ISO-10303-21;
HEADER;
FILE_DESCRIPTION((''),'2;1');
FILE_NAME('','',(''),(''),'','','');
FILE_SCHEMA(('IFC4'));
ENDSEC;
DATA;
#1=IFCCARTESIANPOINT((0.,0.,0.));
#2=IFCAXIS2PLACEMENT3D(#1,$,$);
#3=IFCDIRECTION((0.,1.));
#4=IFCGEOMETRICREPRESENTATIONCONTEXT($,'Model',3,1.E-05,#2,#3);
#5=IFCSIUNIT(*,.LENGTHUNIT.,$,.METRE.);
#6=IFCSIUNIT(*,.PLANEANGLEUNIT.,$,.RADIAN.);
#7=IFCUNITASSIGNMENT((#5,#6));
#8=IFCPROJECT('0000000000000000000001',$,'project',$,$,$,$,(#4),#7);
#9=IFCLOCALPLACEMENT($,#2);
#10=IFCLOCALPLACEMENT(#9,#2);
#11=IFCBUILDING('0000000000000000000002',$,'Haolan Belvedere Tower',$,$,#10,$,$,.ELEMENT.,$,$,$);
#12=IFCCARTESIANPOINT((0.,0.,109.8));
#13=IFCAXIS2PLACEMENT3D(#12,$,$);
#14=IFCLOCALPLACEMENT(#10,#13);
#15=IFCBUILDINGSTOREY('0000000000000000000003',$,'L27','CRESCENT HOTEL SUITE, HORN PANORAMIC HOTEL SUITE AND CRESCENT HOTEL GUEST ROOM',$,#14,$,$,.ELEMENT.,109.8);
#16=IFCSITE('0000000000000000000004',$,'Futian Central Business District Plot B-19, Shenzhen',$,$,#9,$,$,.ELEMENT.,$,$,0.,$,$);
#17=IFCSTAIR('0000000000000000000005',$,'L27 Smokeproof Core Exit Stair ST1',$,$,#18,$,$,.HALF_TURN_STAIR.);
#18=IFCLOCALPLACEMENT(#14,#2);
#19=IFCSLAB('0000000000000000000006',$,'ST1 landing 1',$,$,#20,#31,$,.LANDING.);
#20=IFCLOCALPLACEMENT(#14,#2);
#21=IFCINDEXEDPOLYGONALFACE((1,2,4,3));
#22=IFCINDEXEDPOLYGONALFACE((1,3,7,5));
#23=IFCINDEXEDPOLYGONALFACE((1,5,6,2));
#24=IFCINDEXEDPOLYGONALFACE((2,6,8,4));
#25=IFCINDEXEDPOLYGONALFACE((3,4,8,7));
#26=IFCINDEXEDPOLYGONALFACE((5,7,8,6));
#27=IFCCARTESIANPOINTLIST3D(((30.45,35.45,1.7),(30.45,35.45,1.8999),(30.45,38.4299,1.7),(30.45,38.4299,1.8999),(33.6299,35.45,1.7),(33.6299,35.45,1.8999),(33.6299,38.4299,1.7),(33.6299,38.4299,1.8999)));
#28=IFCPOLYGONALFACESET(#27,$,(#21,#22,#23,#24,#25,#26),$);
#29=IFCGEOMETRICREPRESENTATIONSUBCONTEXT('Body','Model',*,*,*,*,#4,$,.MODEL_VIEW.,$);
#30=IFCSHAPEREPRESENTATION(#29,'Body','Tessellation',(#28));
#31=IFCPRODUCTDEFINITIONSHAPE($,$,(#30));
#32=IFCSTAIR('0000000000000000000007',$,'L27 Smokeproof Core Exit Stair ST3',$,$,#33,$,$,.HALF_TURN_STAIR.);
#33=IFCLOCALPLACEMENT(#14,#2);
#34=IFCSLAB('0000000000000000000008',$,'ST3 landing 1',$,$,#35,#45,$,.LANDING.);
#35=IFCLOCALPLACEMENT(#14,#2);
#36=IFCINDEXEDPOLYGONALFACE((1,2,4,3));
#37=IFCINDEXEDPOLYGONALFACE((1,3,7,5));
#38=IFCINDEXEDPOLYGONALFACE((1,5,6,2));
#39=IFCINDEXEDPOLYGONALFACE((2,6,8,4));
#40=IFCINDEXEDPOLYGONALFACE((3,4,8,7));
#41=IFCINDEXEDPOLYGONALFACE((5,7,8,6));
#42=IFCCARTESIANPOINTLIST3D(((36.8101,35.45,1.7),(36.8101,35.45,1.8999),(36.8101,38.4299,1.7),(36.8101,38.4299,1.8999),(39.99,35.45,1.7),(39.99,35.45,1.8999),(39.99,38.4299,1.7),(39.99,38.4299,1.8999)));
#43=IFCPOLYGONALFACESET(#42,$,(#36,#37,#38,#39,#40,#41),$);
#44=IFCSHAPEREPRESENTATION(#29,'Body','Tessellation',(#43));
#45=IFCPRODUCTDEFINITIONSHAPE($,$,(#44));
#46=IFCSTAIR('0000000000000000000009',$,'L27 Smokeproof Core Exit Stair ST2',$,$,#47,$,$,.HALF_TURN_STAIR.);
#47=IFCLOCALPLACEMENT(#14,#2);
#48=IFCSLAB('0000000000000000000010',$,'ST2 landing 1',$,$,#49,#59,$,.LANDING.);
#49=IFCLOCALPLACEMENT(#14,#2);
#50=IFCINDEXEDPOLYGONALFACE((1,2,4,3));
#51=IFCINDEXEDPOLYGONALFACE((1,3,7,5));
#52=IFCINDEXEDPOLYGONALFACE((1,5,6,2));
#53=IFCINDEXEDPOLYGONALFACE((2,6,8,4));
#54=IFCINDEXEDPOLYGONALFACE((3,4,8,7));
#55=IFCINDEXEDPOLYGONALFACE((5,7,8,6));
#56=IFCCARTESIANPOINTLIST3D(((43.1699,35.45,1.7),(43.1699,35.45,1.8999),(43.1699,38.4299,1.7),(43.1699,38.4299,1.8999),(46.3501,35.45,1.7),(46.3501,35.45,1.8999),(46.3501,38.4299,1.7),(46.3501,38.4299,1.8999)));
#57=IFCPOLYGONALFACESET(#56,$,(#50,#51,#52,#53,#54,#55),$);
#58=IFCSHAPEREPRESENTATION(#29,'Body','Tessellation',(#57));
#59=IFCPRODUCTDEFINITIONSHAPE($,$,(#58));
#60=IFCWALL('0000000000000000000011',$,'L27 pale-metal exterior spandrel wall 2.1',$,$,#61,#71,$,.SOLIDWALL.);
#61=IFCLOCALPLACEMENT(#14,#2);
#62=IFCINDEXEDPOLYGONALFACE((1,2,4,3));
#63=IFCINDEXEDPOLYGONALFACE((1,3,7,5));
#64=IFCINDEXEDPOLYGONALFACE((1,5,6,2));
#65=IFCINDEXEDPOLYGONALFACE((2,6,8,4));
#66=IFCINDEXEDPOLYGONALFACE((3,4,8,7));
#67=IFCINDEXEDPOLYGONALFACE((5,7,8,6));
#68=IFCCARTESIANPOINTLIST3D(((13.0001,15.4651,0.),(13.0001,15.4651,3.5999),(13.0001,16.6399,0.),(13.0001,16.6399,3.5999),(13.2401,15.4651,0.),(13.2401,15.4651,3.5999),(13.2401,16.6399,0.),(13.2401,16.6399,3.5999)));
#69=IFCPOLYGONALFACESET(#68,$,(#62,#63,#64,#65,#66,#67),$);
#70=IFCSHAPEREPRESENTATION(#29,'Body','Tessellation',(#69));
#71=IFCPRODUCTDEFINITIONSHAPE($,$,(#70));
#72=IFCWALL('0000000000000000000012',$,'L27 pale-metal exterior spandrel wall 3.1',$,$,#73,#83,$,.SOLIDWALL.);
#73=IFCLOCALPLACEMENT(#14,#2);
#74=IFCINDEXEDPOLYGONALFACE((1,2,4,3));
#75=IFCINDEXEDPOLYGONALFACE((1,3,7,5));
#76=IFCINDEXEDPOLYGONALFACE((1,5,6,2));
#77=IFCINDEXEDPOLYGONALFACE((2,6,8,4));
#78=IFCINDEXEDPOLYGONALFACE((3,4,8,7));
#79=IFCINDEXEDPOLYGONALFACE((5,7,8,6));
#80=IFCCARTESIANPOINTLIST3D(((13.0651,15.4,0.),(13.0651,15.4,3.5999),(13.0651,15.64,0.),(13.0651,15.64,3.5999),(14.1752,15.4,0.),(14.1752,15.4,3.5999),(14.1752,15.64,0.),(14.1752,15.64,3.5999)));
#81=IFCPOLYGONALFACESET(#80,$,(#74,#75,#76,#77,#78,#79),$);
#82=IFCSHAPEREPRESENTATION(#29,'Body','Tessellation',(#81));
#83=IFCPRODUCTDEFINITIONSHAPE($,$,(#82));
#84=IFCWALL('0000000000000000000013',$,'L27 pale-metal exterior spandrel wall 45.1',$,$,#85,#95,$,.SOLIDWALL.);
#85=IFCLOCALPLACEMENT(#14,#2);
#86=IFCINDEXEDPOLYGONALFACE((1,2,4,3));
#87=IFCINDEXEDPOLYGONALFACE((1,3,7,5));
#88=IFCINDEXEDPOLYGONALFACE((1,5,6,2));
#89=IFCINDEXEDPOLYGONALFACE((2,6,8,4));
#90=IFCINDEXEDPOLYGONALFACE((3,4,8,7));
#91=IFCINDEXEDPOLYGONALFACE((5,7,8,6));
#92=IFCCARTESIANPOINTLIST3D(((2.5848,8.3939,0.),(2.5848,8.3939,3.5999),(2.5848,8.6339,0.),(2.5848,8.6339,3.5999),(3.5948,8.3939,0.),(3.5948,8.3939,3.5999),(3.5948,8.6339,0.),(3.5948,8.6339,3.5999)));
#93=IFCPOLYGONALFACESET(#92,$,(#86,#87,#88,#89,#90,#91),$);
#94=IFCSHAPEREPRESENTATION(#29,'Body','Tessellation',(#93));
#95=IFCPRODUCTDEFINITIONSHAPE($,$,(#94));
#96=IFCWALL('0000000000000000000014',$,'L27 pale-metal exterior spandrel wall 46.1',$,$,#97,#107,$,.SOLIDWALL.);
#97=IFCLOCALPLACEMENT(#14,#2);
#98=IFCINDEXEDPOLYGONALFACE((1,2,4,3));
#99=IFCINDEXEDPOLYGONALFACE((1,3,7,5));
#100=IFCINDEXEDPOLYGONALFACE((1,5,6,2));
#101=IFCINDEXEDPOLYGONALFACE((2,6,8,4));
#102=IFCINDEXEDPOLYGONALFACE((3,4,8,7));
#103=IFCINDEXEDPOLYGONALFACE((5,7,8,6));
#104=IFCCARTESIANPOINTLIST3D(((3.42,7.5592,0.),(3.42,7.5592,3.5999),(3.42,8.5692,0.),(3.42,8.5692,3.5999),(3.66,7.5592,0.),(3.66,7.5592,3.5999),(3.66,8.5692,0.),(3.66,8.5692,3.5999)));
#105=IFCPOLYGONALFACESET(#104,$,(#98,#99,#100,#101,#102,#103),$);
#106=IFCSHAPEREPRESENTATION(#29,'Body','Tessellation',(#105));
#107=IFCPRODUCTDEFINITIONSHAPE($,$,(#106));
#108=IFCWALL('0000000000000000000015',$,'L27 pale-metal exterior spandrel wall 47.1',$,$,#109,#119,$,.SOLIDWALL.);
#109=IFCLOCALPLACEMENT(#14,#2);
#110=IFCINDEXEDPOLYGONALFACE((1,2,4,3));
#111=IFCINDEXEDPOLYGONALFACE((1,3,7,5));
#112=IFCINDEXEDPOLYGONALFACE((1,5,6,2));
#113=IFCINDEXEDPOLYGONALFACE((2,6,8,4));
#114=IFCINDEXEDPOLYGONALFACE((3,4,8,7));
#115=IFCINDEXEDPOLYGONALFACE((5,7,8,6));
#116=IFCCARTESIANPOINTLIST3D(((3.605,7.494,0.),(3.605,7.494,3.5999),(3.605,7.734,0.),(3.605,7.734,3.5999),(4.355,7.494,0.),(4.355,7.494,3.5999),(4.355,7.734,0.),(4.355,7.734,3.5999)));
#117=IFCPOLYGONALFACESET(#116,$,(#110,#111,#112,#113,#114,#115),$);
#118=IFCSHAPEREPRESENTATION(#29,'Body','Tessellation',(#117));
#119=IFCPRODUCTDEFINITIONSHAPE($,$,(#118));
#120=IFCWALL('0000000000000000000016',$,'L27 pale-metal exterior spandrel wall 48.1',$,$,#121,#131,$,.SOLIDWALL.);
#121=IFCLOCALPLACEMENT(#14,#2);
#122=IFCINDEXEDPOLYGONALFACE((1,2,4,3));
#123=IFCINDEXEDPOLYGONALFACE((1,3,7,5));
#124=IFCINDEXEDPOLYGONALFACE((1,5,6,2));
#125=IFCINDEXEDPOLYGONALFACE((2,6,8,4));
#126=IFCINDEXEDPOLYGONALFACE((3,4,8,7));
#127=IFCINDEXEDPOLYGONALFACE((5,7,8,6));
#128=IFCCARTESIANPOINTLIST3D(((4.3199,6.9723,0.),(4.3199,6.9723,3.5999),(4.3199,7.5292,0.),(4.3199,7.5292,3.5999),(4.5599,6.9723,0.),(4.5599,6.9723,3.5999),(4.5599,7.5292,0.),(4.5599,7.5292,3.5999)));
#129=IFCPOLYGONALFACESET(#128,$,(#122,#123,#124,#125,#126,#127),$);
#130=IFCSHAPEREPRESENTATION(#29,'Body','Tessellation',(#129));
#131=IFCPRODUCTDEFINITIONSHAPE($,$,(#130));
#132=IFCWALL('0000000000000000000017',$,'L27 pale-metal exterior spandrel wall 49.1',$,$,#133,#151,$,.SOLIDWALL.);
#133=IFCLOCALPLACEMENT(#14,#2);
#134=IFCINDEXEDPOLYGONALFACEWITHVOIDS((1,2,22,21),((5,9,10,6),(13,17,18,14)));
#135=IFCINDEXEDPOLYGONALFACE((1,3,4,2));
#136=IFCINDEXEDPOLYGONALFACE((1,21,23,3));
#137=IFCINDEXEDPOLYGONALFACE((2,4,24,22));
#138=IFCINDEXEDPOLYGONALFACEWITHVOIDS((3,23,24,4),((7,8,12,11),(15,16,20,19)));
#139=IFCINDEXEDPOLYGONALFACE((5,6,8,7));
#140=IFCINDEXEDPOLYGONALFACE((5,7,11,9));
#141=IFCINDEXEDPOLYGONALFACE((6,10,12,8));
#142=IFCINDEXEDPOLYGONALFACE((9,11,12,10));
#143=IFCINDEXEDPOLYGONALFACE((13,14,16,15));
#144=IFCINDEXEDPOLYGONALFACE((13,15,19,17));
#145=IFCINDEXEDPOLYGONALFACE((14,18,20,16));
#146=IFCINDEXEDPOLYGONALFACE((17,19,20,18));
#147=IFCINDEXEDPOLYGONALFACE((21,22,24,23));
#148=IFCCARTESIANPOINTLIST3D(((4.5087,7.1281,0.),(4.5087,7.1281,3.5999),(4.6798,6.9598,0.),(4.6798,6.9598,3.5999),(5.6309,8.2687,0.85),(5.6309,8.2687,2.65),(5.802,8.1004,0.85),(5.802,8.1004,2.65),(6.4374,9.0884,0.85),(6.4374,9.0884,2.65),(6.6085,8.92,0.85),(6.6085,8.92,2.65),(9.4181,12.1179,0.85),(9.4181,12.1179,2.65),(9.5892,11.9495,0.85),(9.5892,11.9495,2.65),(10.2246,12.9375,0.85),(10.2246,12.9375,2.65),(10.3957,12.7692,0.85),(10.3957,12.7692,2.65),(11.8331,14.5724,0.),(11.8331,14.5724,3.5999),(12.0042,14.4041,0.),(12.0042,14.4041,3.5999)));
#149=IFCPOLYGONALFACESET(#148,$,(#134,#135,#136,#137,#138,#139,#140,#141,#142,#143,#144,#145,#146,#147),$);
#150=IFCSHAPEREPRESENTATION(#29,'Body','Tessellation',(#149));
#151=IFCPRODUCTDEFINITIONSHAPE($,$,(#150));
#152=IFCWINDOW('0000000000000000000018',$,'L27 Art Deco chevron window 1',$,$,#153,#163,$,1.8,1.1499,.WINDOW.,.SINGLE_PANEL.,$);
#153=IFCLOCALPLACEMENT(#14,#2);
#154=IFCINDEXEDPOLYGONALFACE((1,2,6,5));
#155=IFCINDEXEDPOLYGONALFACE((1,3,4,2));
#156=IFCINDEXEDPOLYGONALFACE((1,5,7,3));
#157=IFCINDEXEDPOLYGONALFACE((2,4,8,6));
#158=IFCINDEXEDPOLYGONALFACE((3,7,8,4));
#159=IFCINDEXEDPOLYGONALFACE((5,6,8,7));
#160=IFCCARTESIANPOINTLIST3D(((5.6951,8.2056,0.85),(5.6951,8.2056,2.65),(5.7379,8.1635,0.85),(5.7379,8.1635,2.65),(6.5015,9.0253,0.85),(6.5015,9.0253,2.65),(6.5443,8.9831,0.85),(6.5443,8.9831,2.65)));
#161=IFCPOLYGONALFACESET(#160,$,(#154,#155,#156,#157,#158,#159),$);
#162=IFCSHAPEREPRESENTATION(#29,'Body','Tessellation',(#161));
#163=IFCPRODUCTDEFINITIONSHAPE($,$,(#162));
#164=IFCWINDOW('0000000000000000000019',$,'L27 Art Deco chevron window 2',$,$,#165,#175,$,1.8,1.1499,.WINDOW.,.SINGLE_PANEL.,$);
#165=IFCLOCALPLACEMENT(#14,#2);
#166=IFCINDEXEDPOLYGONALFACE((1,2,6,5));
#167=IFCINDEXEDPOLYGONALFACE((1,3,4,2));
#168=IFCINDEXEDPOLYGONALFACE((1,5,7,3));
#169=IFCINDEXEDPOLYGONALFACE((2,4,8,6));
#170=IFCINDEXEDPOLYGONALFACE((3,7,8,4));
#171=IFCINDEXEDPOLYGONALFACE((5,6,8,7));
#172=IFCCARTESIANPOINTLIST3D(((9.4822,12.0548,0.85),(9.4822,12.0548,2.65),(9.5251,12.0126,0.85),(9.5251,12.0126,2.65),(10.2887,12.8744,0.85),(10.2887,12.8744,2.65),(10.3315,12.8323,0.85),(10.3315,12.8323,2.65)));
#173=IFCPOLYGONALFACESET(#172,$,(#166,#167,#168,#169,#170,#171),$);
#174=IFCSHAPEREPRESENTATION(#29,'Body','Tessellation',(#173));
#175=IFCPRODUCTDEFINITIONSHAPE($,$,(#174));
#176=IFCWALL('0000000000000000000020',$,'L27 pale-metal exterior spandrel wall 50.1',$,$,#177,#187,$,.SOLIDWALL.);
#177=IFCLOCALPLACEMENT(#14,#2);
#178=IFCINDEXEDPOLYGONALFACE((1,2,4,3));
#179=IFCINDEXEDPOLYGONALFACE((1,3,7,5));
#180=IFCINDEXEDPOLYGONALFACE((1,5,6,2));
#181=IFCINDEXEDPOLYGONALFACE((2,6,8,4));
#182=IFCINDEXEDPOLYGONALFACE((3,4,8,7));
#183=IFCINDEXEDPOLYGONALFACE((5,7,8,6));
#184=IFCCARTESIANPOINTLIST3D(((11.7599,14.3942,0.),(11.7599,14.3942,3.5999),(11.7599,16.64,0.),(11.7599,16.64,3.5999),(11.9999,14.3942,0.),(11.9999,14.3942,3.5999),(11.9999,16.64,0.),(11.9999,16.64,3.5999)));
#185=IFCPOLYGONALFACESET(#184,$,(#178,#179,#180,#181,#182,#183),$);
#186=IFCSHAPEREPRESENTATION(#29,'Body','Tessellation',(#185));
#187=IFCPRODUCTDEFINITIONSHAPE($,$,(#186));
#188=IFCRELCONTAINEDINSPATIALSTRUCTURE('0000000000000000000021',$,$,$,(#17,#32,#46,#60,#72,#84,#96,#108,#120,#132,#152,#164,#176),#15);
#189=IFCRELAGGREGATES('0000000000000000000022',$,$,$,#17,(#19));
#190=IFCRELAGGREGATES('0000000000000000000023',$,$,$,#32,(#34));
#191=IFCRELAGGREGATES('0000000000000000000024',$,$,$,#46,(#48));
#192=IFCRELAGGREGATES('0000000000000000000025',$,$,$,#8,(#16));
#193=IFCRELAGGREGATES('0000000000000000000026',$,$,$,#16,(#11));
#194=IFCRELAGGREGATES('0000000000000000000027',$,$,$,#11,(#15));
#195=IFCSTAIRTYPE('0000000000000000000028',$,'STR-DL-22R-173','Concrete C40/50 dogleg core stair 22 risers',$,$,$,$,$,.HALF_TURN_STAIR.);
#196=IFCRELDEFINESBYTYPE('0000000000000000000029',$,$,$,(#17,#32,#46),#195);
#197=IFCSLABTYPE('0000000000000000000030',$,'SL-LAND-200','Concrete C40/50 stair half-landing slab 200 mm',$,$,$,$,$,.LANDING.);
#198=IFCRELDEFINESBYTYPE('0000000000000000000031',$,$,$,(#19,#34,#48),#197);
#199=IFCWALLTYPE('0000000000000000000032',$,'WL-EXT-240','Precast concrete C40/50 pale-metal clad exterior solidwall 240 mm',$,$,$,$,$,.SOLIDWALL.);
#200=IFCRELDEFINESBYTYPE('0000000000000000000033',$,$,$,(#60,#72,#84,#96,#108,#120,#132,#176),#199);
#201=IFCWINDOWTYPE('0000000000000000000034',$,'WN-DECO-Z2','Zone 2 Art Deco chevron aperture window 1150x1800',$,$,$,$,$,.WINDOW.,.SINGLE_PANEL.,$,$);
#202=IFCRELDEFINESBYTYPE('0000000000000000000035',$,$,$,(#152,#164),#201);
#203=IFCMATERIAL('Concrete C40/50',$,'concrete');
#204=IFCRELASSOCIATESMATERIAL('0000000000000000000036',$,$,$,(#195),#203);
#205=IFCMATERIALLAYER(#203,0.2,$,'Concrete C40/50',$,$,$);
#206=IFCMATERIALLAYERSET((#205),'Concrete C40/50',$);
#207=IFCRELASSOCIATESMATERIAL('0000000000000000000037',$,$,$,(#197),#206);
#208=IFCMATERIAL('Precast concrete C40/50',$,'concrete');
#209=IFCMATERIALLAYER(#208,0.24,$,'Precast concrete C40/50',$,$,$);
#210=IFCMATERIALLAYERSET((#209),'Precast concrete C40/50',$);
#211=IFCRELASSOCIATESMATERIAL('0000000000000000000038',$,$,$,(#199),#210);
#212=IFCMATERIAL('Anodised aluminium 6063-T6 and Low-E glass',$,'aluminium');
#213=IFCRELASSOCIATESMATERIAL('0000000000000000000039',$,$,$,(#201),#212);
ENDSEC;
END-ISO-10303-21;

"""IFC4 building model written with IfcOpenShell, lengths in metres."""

from ifc_helpers import new_model, si_unit, direction, frame, frame_2d, origin, place, context, subcontext, project, spatial, polyline, rectangle, outline, extrude, material, layer, layer_set, type_object, element, fill, aggregate, save


model = new_model("IFC4")

# Units and contexts
model_context = context("Model", 3, precision=1e-05, world=origin(), true_north=direction((0.0, 1.0)))
body_context = subcontext(model_context, "Body", "Model", "MODEL_VIEW")
ifc_project = project(units=[si_unit("LENGTHUNIT", "METRE"), si_unit("PLANEANGLEUNIT", "RADIAN")], contexts=[model_context])

# Site, building, storey
site_placement = place(None, origin())
site = spatial("IfcSite", under=ifc_project, at=site_placement, Name="Futian Central Business District Plot B-19, Shenzhen", CompositionType="ELEMENT", RefElevation=0.0)
building_placement = place(site_placement, origin())
building = spatial("IfcBuilding", under=site, at=building_placement, Name="Haolan Belvedere Tower", CompositionType="ELEMENT")
storey_placement = place(building_placement, frame((0.0, 0.0, 109.8)))
storey = spatial("IfcBuildingStorey", under=building, at=storey_placement, Name="L27", Description="CRESCENT HOTEL SUITE, HORN PANORAMIC HOTEL SUITE AND CRESCENT HOTEL GUEST ROOM", CompositionType="ELEMENT", Elevation=109.8)

# Shared definitions
ifc_material_1 = material(Name="Concrete C40/50", Category="concrete")

# Stairs, slabs
stair_type = type_object("IfcStairType", Name="STR-DL-22R-173", Description="Concrete C40/50 dogleg core stair 22 risers", PredefinedType="HALF_TURN_STAIR", material=ifc_material_1)
stair_1_placement = place(storey_placement, origin())
stair_1 = element("IfcStair", 1, at=stair_1_placement, inside=storey, type_object=stair_type, Name="L27 Smokeproof Core Exit Stair ST1", PredefinedType="HALF_TURN_STAIR")
ifc_layer_1 = layer(ifc_material_1, 0.2, Name="Concrete C40/50")
ifc_layer_set_1 = layer_set([ifc_layer_1], Name="Concrete C40/50")
slab_type_1 = type_object("IfcSlabType", Name="SL-LAND-200", Description="Concrete C40/50 stair half-landing slab 200 mm", PredefinedType="LANDING", material=ifc_layer_set_1)
slab_1_placement = place(storey_placement, frame((0.0, 0.0, 1.7)))
slab_1 = element("IfcSlab", 2, at=slab_1_placement, type_object=slab_type_1, Name="ST1 landing 1", PredefinedType="LANDING", context=body_context, shape_type="SweptSolid", body=[
    extrude(outline(polyline([(30.45, 38.4299), (30.45, 35.45), (33.6299, 35.45), (33.6299, 38.4299), (30.45, 38.4299)])), origin(), (0.0, 0.0, 1.0), 0.2),
])
aggregate(stair_1, [slab_1])
stair_2_placement = place(storey_placement, origin())
stair_2 = element("IfcStair", 3, at=stair_2_placement, inside=storey, type_object=stair_type, Name="L27 Smokeproof Core Exit Stair ST3", PredefinedType="HALF_TURN_STAIR")
slab_2_placement = place(storey_placement, frame((0.0, 0.0, 1.7)))
slab_2 = element("IfcSlab", 4, at=slab_2_placement, type_object=slab_type_1, Name="ST3 landing 1", PredefinedType="LANDING", context=body_context, shape_type="SweptSolid", body=[
    extrude(outline(polyline([(36.8101, 38.4299), (36.8101, 35.45), (39.99, 35.45), (39.99, 38.4299), (36.8101, 38.4299)])), origin(), (0.0, 0.0, 1.0), 0.2),
])
aggregate(stair_2, [slab_2])
stair_3_placement = place(storey_placement, origin())
stair_3 = element("IfcStair", 5, at=stair_3_placement, inside=storey, type_object=stair_type, Name="L27 Smokeproof Core Exit Stair ST2", PredefinedType="HALF_TURN_STAIR")
slab_3_placement = place(storey_placement, frame((0.0, 0.0, 1.7)))
slab_3 = element("IfcSlab", 6, at=slab_3_placement, type_object=slab_type_1, Name="ST2 landing 1", PredefinedType="LANDING", context=body_context, shape_type="SweptSolid", body=[
    extrude(outline(polyline([(43.1699, 38.4299), (43.1699, 35.45), (46.3501, 35.45), (46.3501, 38.4299), (43.1699, 38.4299)])), origin(), (0.0, 0.0, 1.0), 0.2),
])
aggregate(stair_3, [slab_3])

# Walls
ifc_material_2 = material(Name="Precast concrete C40/50", Category="concrete")
ifc_layer_2 = layer(ifc_material_2, 0.24, Name="Precast concrete C40/50")
ifc_layer_set_2 = layer_set([ifc_layer_2], Name="Precast concrete C40/50")
wall_type_1 = type_object("IfcWallType", Name="WL-EXT-240", Description="Precast concrete C40/50 pale-metal clad exterior solidwall 240 mm", PredefinedType="SOLIDWALL", material=ifc_layer_set_2)
wall_1_placement = place(storey_placement, frame((13.1201, 16.6399, 0.0), z_axis=(0.0, 0.0, 1.0), x_axis=(0.0, -1.0, 0.0)))
element("IfcWall", 7, at=wall_1_placement, inside=storey, type_object=wall_type_1, Name="L27 pale-metal exterior spandrel wall 2.1", PredefinedType="SOLIDWALL", context=body_context, shape_type="SweptSolid", body=[
    extrude(rectangle(XDim=1.1748, YDim=0.24, at=frame_2d((0.5874, 0.0))), origin(), (0.0, 0.0, 1.0), 3.5999),
])
wall_2_placement = place(storey_placement, frame((13.0649, 15.52, 0.0), z_axis=(0.0, 0.0, 1.0), x_axis=(1.0, 0.0, 0.0)))
element("IfcWall", 8, at=wall_2_placement, inside=storey, type_object=wall_type_1, Name="L27 pale-metal exterior spandrel wall 3.1", PredefinedType="SOLIDWALL", context=body_context, shape_type="SweptSolid", body=[
    extrude(rectangle(XDim=1.1101, YDim=0.24, at=frame_2d((0.5552, 0.0))), origin(), (0.0, 0.0, 1.0), 3.5999),
])
for number, where, z_axis, x_axis, name in (
    (9, (2.585, 8.5139, 0.0), (0.0, 0.0, 1.0), (1.0, 0.0, 0.0), "L27 pale-metal exterior spandrel wall 45.1"),
    (10, (3.54, 8.5691, 0.0), (0.0, 0.0, 1.0), (0.0, -1.0, 0.0), "L27 pale-metal exterior spandrel wall 46.1"),
):
    element("IfcWall", number, at=place(storey_placement, frame(where, z_axis=z_axis, x_axis=x_axis)), inside=storey, type_object=wall_type_1, Name=name, PredefinedType="SOLIDWALL", context=body_context, shape_type="SweptSolid", body=[
        extrude(rectangle(XDim=1.01, YDim=0.24, at=frame_2d((0.5049, 0.0))), origin(), (0.0, 0.0, 1.0), 3.5999),
    ])
wall_3_placement = place(storey_placement, frame((3.605, 7.614, 0.0), z_axis=(0.0, 0.0, 1.0), x_axis=(1.0, 0.0, 0.0)))
element("IfcWall", 11, at=wall_3_placement, inside=storey, type_object=wall_type_1, Name="L27 pale-metal exterior spandrel wall 47.1", PredefinedType="SOLIDWALL", context=body_context, shape_type="SweptSolid", body=[
    extrude(rectangle(XDim=0.75, YDim=0.24, at=frame_2d((0.375, 0.0))), origin(), (0.0, 0.0, 1.0), 3.5999),
])
wall_4_placement = place(storey_placement, frame((4.4399, 7.5291, 0.0), z_axis=(0.0, 0.0, 1.0), x_axis=(0.0, -1.0, 0.0)))
element("IfcWall", 12, at=wall_4_placement, inside=storey, type_object=wall_type_1, Name="L27 pale-metal exterior spandrel wall 48.1", PredefinedType="SOLIDWALL", context=body_context, shape_type="SweptSolid", body=[
    extrude(rectangle(XDim=0.5569, YDim=0.24, at=frame_2d((0.2783, 0.0))), origin(), (0.0, 0.0, 1.0), 3.5999),
])

# Wall, openings, windows
wall_5_placement = place(storey_placement, frame((4.5942, 7.0439, 0.0), z_axis=(0.0, 0.0, 1.0), x_axis=(0.701344, 0.712823, 0.0)))
wall_5 = element("IfcWall", 13, at=wall_5_placement, inside=storey, type_object=wall_type_1, Name="L27 pale-metal exterior spandrel wall 49.1", PredefinedType="SOLIDWALL", context=body_context, shape_type="SweptSolid", body=[
    extrude(rectangle(XDim=10.4434, YDim=0.24, at=frame_2d((5.2217, 0.0))), origin(), (0.0, 0.0, 1.0), 3.5999),
])
opening_1_placement = place(wall_5_placement, frame((1.6001, 0.0, 0.8501)))
opening_1 = element("IfcOpeningElement", 14, at=opening_1_placement, cuts=wall_5, PredefinedType="OPENING", context=body_context, shape_type="SweptSolid", body=[
    extrude(rectangle(XDim=1.1499, YDim=1.8, at=frame_2d((0.575, 0.8999))), frame((0.0, 0.1299, 0.0), z_axis=(0.0, -1.0, 0.0), x_axis=(1.0, 0.0, 0.0)), (0.0, 0.0, 1.0), 0.26),
])
opening_2_placement = place(wall_5_placement, frame((7.0, 0.0, 0.8501)))
opening_2 = element("IfcOpeningElement", 15, at=opening_2_placement, cuts=wall_5, PredefinedType="OPENING", context=body_context, shape_type="SweptSolid", body=[
    extrude(rectangle(XDim=1.1499, YDim=1.8, at=frame_2d((0.575, 0.8999))), frame((0.0, 0.1299, 0.0), z_axis=(0.0, -1.0, 0.0), x_axis=(1.0, 0.0, 0.0)), (0.0, 0.0, 1.0), 0.26),
])
ifc_material_3 = material(Name="Anodised aluminium 6063-T6 and Low-E glass", Category="aluminium")
window_type = type_object("IfcWindowType", Name="WN-DECO-Z2", Description="Zone 2 Art Deco chevron aperture window 1150x1800", PartitioningType="SINGLE_PANEL", PredefinedType="WINDOW", material=ifc_material_3)
window_1_placement = place(opening_1_placement, origin())
window_1 = element("IfcWindow", 16, at=window_1_placement, inside=storey, type_object=window_type, Name="L27 Art Deco chevron window 1", OverallHeight=1.8, OverallWidth=1.1499, PartitioningType="SINGLE_PANEL", PredefinedType="WINDOW", context=body_context, shape_type="SweptSolid", body=[
    extrude(rectangle(XDim=1.1499, YDim=1.8, at=frame_2d((0.575, 0.8999))), frame((0.0, 0.03, 0.0), z_axis=(0.0, -1.0, 0.0), x_axis=(1.0, 0.0, 0.0)), (0.0, 0.0, 1.0), 0.0601),
])
fill(opening_1, window_1)
window_2_placement = place(opening_2_placement, origin())
window_2 = element("IfcWindow", 17, at=window_2_placement, inside=storey, type_object=window_type, Name="L27 Art Deco chevron window 2", OverallHeight=1.8, OverallWidth=1.1499, PartitioningType="SINGLE_PANEL", PredefinedType="WINDOW", context=body_context, shape_type="SweptSolid", body=[
    extrude(rectangle(XDim=1.1499, YDim=1.8, at=frame_2d((0.575, 0.8999))), frame((0.0, 0.03, 0.0), z_axis=(0.0, -1.0, 0.0), x_axis=(1.0, 0.0, 0.0)), (0.0, 0.0, 1.0), 0.0601),
])
fill(opening_2, window_2)

# Wall
wall_6_placement = place(storey_placement, frame((11.8799, 14.394, 0.0), z_axis=(0.0, 0.0, 1.0), x_axis=(0.0, 1.0, 0.0)))
element("IfcWall", 18, at=wall_6_placement, inside=storey, type_object=wall_type_1, Name="L27 pale-metal exterior spandrel wall 50.1", PredefinedType="SOLIDWALL", context=body_context, shape_type="SweptSolid", body=[
    extrude(rectangle(XDim=2.2458, YDim=0.24, at=frame_2d((1.123, 0.0))), origin(), (0.0, 0.0, 1.0), 3.5999),
])

save(model, "model.ifc")
